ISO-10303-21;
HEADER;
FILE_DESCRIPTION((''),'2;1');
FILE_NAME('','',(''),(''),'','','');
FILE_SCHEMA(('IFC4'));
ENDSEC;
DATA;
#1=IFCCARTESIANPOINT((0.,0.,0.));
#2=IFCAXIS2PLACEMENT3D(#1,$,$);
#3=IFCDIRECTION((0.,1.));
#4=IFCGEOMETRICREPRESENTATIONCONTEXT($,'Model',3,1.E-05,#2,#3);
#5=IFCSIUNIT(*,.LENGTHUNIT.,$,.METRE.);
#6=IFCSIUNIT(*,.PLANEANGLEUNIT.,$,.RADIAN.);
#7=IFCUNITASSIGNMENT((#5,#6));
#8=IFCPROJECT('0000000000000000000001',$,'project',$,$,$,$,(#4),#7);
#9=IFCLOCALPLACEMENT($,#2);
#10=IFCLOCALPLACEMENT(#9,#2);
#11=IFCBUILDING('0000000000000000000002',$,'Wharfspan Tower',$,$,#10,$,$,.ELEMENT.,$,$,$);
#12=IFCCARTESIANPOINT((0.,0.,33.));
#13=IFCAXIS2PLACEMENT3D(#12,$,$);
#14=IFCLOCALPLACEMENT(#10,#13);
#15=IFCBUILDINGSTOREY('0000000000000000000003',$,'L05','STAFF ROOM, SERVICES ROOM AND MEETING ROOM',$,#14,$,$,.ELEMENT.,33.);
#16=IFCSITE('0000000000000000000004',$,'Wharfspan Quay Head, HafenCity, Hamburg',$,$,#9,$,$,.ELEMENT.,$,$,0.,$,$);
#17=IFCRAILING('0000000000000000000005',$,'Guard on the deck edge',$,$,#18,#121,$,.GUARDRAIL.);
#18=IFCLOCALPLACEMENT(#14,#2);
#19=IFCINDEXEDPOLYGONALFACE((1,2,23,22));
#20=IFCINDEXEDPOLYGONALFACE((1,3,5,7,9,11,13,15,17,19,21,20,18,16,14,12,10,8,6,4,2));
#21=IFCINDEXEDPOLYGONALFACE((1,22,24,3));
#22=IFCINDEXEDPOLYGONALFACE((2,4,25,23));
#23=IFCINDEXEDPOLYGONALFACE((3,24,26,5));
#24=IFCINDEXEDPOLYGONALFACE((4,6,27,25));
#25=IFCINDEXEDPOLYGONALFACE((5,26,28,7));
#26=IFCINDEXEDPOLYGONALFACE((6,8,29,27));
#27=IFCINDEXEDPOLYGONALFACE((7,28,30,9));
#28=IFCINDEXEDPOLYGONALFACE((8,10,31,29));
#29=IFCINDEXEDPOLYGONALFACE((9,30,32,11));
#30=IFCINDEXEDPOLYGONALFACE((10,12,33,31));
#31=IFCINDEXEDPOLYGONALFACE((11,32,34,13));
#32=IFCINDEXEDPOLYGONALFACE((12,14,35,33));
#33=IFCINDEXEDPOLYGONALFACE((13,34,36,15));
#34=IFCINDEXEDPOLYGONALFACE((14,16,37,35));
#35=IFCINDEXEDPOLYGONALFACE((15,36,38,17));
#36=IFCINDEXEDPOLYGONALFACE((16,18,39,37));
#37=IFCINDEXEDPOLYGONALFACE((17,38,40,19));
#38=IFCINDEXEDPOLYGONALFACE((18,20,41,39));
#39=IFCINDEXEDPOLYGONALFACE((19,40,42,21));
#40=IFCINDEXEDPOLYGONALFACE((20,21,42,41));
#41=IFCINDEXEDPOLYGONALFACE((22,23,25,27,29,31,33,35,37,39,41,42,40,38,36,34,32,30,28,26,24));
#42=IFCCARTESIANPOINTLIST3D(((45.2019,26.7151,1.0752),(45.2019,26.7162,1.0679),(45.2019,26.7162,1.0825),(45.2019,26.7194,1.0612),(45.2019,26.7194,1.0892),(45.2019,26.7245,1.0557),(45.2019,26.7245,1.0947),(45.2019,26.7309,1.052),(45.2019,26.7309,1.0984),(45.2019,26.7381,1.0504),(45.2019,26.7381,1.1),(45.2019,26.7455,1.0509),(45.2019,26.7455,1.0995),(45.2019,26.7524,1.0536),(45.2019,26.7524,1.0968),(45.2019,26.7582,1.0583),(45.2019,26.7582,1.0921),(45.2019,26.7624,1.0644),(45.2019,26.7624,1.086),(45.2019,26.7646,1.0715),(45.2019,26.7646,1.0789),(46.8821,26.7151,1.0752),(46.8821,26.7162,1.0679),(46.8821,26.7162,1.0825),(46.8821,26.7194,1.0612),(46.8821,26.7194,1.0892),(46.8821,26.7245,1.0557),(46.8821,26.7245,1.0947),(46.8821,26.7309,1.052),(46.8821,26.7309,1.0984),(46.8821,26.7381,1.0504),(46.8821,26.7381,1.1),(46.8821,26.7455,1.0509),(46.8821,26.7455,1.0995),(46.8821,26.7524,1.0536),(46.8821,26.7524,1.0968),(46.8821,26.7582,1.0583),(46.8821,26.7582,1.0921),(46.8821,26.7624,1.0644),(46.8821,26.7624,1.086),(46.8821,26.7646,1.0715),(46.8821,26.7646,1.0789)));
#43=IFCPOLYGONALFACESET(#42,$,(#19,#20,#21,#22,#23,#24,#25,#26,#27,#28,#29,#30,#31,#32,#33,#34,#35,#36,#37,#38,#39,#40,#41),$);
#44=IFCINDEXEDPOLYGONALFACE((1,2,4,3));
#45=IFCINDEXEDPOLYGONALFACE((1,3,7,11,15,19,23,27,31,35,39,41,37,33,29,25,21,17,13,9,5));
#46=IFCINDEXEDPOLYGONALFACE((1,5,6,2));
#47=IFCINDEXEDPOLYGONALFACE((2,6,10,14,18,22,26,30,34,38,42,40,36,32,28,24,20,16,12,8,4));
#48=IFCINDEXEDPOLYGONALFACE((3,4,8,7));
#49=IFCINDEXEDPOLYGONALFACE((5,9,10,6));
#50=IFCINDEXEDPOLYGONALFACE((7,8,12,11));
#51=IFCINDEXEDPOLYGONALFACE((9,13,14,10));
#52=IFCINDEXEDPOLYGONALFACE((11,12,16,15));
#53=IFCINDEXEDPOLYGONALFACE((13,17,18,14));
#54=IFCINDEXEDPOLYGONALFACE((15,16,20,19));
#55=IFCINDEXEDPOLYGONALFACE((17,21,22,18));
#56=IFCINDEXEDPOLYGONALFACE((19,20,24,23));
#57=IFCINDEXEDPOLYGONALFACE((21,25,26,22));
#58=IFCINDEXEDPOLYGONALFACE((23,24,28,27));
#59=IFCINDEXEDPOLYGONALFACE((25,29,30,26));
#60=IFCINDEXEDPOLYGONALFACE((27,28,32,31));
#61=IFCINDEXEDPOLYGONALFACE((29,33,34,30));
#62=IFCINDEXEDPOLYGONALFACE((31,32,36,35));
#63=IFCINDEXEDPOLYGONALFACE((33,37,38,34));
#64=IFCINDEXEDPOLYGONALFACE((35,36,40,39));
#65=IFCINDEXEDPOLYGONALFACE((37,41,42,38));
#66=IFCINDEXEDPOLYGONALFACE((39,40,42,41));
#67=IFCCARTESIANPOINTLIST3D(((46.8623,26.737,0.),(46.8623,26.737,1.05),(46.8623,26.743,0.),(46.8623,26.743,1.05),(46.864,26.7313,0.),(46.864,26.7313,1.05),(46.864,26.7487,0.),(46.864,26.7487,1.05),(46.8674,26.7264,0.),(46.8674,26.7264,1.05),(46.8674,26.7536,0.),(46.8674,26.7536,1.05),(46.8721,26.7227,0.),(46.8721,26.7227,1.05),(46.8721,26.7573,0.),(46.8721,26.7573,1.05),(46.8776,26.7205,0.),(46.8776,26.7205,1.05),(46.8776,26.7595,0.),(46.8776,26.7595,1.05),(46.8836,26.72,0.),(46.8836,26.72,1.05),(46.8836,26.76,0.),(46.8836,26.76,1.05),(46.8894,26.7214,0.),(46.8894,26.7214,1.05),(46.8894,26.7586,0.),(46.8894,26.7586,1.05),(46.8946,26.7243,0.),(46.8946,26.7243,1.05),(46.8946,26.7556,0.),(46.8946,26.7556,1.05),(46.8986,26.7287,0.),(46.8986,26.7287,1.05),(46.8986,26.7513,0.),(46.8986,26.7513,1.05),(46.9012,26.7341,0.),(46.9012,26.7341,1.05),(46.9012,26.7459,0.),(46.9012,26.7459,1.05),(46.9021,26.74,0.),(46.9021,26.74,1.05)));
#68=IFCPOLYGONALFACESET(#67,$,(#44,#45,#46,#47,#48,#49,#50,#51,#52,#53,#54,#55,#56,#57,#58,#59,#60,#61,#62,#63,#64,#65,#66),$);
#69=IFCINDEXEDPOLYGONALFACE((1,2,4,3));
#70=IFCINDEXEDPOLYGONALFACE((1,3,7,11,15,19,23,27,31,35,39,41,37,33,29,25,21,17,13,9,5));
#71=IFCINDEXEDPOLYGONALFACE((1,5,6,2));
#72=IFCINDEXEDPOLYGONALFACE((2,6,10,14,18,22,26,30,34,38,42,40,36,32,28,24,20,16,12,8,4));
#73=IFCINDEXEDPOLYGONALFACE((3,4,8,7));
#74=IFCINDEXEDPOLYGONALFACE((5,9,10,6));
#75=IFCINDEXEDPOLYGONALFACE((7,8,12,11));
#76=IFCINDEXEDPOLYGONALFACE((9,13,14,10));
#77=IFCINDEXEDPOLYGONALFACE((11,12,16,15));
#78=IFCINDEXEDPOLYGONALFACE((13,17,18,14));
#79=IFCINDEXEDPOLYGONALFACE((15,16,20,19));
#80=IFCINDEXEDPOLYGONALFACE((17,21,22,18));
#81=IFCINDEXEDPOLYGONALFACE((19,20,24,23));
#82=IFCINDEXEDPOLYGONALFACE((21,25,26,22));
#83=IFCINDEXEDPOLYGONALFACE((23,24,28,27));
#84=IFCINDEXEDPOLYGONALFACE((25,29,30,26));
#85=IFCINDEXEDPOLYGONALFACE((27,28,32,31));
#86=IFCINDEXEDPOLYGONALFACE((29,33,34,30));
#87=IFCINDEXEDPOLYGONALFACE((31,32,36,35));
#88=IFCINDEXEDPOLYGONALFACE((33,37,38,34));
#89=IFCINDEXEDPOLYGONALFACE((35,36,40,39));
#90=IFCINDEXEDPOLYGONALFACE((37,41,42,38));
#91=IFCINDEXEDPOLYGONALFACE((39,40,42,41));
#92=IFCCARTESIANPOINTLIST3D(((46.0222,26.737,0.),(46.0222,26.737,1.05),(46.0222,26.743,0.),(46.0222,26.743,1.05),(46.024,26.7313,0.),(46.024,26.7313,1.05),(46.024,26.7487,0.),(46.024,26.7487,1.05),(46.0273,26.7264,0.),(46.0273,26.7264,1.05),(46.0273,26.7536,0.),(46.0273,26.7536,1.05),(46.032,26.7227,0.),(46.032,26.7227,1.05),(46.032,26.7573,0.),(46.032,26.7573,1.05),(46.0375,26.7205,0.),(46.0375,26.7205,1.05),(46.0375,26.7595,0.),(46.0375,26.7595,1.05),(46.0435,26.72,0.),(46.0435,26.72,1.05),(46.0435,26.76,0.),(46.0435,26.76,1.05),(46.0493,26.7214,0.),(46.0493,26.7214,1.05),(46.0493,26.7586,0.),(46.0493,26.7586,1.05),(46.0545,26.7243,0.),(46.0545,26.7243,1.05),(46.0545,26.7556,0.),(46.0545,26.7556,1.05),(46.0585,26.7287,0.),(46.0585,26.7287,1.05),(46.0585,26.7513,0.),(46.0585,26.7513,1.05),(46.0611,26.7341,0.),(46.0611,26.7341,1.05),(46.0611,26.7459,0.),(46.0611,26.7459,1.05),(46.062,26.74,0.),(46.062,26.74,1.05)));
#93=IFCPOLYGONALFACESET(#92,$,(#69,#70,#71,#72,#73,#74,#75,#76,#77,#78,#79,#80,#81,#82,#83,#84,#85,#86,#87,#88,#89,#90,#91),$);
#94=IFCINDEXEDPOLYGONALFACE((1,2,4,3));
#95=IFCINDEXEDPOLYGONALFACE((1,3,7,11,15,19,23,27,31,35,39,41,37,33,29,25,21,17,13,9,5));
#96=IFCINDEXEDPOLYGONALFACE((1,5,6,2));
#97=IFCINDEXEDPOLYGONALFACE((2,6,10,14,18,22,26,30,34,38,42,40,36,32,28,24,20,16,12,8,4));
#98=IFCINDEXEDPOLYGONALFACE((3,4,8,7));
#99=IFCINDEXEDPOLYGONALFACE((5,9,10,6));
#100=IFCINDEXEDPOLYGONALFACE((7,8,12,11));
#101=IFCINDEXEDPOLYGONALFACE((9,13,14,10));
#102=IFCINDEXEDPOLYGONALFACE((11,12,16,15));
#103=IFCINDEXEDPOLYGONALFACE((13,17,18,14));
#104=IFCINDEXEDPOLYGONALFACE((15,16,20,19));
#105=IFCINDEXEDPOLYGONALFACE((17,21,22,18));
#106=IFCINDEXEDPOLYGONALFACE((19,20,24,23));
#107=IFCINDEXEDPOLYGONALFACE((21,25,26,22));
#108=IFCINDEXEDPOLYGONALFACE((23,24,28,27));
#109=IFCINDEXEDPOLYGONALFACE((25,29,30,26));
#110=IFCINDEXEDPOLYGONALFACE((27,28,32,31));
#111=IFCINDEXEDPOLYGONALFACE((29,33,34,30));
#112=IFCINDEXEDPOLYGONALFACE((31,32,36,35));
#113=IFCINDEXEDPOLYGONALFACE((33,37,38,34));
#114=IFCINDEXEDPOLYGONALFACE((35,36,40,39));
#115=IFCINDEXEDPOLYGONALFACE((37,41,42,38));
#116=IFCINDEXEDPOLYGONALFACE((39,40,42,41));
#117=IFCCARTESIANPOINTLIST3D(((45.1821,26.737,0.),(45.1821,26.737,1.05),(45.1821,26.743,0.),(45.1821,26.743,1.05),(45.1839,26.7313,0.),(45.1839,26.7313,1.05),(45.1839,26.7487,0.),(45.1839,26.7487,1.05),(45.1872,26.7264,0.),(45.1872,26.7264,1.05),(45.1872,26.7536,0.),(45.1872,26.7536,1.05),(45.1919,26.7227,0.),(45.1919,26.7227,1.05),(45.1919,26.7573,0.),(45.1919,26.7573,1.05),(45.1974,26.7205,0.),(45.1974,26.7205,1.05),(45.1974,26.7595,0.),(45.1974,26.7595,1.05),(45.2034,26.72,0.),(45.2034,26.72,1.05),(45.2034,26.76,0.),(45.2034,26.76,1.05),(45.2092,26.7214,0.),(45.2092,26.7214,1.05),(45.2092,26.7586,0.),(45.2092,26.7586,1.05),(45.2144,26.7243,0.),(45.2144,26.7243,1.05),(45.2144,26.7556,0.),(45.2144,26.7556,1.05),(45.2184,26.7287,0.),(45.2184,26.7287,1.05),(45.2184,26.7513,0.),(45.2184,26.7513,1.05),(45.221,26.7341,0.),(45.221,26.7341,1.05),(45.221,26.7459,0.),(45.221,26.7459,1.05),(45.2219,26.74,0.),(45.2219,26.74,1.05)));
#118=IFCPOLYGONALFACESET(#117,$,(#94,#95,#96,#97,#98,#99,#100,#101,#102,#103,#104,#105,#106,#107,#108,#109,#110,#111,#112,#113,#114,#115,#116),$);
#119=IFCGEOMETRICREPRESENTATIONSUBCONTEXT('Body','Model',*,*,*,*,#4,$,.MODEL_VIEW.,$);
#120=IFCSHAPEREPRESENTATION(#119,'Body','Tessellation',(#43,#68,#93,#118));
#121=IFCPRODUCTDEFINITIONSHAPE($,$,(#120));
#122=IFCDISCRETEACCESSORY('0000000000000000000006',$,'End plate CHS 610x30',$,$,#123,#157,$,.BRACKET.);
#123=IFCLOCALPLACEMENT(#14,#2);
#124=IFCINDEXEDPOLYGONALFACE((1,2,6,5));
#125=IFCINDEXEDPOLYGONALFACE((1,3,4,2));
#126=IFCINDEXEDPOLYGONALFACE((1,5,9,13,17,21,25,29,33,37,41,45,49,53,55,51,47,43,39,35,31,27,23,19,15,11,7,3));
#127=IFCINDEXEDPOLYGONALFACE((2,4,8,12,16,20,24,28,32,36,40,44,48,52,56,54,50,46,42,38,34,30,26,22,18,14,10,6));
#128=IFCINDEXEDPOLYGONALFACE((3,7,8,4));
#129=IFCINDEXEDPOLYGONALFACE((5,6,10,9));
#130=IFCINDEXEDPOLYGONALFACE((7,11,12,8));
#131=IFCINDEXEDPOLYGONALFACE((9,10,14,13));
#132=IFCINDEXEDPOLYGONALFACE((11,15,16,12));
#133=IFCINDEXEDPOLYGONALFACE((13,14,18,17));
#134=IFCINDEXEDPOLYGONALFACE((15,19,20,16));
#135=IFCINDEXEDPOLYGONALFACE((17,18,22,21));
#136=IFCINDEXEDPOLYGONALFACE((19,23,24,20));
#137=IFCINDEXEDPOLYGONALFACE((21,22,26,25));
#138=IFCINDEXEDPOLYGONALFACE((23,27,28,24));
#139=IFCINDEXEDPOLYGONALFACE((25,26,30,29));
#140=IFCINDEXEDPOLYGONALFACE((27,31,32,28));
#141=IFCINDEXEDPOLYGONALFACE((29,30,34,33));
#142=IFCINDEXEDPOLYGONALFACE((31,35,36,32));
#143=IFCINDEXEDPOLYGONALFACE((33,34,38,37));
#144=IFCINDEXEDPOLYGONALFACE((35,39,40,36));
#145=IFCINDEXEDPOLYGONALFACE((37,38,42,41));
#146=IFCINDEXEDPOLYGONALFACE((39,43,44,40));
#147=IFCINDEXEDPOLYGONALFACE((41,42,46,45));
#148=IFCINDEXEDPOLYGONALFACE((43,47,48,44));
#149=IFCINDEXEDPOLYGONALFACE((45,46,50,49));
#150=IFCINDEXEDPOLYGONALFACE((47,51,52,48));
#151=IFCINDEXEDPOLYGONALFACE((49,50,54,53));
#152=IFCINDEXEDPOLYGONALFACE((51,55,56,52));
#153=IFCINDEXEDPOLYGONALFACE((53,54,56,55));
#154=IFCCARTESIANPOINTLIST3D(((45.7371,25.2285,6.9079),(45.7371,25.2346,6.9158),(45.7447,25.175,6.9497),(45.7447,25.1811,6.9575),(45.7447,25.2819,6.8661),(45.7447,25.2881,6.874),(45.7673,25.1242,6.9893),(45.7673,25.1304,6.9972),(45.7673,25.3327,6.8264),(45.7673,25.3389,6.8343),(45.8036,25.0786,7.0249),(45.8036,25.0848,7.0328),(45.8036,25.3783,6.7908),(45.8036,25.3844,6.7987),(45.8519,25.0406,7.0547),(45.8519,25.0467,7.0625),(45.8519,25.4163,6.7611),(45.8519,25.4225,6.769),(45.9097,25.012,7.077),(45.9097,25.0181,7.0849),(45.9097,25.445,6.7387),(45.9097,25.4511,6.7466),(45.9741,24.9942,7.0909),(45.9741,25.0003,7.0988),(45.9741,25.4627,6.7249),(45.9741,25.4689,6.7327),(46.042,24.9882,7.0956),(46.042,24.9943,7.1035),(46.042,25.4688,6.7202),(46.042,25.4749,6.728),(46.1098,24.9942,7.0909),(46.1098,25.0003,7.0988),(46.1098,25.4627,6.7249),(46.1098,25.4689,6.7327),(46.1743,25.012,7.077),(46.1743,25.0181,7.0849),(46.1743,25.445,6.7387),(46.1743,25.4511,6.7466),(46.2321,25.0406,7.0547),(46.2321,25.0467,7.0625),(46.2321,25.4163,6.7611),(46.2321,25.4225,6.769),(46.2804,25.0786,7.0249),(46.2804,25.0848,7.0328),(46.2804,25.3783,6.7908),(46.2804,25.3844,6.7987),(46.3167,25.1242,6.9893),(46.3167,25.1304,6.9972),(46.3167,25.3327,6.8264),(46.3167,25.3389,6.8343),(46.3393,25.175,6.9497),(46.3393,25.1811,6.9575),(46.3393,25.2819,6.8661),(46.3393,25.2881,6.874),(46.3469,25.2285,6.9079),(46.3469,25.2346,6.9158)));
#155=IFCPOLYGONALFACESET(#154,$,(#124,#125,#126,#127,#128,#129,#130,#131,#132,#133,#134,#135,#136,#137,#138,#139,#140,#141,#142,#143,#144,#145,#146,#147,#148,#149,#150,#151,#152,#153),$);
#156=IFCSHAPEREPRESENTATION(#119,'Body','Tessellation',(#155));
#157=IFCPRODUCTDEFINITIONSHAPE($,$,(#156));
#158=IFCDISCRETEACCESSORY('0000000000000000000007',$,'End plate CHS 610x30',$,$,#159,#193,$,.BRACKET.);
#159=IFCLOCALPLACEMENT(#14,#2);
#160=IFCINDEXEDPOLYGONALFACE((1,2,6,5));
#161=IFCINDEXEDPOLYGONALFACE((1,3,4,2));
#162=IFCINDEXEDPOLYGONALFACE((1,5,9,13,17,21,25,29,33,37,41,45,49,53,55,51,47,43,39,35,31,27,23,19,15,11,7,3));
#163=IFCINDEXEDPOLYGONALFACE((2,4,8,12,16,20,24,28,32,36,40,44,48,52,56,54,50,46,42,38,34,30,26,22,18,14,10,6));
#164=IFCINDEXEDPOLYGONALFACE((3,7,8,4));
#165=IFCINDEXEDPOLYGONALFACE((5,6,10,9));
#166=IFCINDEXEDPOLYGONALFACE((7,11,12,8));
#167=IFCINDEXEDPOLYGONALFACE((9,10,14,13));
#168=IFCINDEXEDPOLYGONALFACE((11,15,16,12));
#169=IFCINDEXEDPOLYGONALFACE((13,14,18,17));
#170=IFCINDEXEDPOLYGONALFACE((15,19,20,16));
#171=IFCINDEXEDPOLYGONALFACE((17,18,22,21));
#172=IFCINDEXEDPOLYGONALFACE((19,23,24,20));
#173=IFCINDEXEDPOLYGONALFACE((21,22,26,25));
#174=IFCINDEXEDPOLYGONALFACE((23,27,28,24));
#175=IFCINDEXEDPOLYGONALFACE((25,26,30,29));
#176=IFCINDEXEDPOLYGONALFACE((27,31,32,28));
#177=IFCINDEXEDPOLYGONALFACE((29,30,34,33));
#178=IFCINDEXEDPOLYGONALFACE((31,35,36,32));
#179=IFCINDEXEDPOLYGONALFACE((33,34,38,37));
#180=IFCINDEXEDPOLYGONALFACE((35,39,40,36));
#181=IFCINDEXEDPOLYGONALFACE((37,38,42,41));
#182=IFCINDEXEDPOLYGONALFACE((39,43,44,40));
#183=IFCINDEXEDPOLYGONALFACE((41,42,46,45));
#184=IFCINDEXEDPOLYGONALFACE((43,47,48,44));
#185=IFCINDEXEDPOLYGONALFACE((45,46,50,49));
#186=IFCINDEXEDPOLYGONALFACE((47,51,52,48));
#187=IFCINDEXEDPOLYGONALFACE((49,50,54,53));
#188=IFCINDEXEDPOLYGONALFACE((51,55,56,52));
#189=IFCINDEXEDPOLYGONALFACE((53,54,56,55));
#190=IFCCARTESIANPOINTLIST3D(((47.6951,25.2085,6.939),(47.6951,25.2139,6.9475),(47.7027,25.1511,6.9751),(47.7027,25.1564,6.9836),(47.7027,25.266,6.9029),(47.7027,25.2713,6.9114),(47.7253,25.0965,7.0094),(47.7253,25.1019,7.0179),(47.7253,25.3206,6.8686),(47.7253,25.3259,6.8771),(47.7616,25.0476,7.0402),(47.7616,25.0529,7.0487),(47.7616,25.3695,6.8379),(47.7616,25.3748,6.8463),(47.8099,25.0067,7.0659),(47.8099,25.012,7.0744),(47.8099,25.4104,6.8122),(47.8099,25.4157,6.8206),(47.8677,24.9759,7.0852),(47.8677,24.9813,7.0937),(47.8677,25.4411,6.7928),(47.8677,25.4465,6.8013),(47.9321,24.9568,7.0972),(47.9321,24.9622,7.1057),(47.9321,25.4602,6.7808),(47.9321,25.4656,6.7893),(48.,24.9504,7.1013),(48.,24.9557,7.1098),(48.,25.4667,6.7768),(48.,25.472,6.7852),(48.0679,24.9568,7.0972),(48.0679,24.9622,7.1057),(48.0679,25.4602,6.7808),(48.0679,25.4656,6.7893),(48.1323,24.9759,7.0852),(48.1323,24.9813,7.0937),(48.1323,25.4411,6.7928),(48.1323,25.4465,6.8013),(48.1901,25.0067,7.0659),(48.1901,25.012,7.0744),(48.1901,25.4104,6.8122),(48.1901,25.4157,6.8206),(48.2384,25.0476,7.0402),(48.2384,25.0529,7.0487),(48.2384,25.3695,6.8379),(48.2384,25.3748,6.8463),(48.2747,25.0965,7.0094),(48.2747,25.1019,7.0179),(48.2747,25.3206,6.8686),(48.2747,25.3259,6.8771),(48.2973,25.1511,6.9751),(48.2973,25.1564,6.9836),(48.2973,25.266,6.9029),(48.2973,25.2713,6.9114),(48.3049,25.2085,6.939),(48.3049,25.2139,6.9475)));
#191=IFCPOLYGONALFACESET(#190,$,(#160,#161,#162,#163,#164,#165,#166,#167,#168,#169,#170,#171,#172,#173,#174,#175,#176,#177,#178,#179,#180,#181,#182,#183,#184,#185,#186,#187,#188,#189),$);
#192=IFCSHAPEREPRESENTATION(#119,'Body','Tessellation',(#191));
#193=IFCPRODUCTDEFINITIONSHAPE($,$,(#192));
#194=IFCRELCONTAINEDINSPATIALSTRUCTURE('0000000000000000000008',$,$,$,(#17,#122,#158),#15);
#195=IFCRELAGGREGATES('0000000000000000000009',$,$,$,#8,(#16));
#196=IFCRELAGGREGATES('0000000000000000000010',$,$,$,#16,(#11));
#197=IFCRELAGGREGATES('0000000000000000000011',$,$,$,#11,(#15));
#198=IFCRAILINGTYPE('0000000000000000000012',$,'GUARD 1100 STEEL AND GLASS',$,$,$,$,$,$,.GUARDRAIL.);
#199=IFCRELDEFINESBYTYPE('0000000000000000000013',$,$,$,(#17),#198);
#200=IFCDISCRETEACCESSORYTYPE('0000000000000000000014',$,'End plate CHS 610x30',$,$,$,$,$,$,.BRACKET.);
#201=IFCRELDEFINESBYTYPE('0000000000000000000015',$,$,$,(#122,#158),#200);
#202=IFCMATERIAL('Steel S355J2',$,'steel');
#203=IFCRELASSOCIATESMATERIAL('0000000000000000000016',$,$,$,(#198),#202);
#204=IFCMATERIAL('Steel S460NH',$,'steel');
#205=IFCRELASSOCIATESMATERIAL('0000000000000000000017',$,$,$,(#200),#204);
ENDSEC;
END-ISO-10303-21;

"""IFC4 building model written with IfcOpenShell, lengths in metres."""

from ifc_helpers import new_model, si_unit, direction, frame, origin, origin_2d, place, context, subcontext, project, spatial, circle, extrude, material, material_profile, profile_set, type_object, element, save


model = new_model("IFC4")

# Units and contexts
model_context = context("Model", 3, precision=1e-05, world=origin(), true_north=direction((0.0, 1.0)))
body_context = subcontext(model_context, "Body", "Model", "MODEL_VIEW")
ifc_project = project(units=[si_unit("LENGTHUNIT", "METRE"), si_unit("PLANEANGLEUNIT", "RADIAN")], contexts=[model_context])

# Site, building, storey
site_placement = place(None, origin())
site = spatial("IfcSite", under=ifc_project, at=site_placement, Name="Wharfspan Quay Head, HafenCity, Hamburg", CompositionType="ELEMENT", RefElevation=0.0)
building_placement = place(site_placement, origin())
building = spatial("IfcBuilding", under=site, at=building_placement, Name="Wharfspan Tower", CompositionType="ELEMENT")
storey_placement = place(building_placement, frame((0.0, 0.0, 33.0)))
storey = spatial("IfcBuildingStorey", under=building, at=storey_placement, Name="L05", Description="STAFF ROOM, SERVICES ROOM AND MEETING ROOM", CompositionType="ELEMENT", Elevation=33.0)

# Shared definitions
ifc_material_1 = material(Name="Steel S460NH", Category="steel")

# Railing
ifc_material_2 = material(Name="Steel S355J2", Category="steel")
railing_type = type_object("IfcRailingType", Name="GUARD 1100 STEEL AND GLASS", PredefinedType="GUARDRAIL", material=ifc_material_2)
railing_1_placement = place(storey_placement, frame((46.8821, 26.74, 0.0)))
element("IfcRailing", 1, at=railing_1_placement, inside=storey, type_object=railing_type, Name="Guard on the deck edge", PredefinedType="GUARDRAIL", context=body_context, shape_type="SweptSolid", body=[
    extrude(circle(Radius=0.0249, at=origin_2d()), frame((0.0, 0.0, 1.0752), z_axis=(-1.0, 0.0, 0.0), x_axis=(0.0, -1.0, 0.0)), (0.0, 0.0, 1.0), 1.6802),
    extrude(circle(Radius=0.02, at=origin_2d()), origin(), (0.0, 0.0, 1.0), 1.05),
    extrude(circle(Radius=0.02, at=origin_2d()), frame((-0.8401, 0.0, 0.0)), (0.0, 0.0, 1.0), 1.05),
    extrude(circle(Radius=0.02, at=origin_2d()), frame((-1.6802, 0.0, 0.0)), (0.0, 0.0, 1.0), 1.05),
])

# Discrete accessories
ifc_material_profile_1 = material_profile(ifc_material_1, circle(Radius=0.3049, at=origin_2d()))
ifc_profile_set_1 = profile_set([ifc_material_profile_1], Name="Steel S460NH")
discrete_accessory_type = type_object("IfcDiscreteAccessoryType", Name="End plate CHS 610x30", PredefinedType="BRACKET", material=ifc_profile_set_1)
for number, where, z_axis, x_axis, name in (
    (2, (46.042, 25.2346, 6.9158), (0.0, -0.615644, -0.788024), (1.0, 0.0, 0.0), "End plate CHS 610x30"),
    (3, (48.0, 25.2139, 6.9475), (0.0, -0.532172, -0.846637), (1.0, 0.0, 0.0), "End plate CHS 610x30"),
):
    element("IfcDiscreteAccessory", number, at=place(storey_placement, frame(where, z_axis=z_axis, x_axis=x_axis)), inside=storey, type_object=discrete_accessory_type, Name=name, PredefinedType="BRACKET", context=body_context, shape_type="SweptSolid", body=[
        extrude(circle(Radius=0.3049, at=origin_2d()), origin(), (0.0, 0.0, 1.0), 0.01),
    ])

save(model, "model.ifc")
